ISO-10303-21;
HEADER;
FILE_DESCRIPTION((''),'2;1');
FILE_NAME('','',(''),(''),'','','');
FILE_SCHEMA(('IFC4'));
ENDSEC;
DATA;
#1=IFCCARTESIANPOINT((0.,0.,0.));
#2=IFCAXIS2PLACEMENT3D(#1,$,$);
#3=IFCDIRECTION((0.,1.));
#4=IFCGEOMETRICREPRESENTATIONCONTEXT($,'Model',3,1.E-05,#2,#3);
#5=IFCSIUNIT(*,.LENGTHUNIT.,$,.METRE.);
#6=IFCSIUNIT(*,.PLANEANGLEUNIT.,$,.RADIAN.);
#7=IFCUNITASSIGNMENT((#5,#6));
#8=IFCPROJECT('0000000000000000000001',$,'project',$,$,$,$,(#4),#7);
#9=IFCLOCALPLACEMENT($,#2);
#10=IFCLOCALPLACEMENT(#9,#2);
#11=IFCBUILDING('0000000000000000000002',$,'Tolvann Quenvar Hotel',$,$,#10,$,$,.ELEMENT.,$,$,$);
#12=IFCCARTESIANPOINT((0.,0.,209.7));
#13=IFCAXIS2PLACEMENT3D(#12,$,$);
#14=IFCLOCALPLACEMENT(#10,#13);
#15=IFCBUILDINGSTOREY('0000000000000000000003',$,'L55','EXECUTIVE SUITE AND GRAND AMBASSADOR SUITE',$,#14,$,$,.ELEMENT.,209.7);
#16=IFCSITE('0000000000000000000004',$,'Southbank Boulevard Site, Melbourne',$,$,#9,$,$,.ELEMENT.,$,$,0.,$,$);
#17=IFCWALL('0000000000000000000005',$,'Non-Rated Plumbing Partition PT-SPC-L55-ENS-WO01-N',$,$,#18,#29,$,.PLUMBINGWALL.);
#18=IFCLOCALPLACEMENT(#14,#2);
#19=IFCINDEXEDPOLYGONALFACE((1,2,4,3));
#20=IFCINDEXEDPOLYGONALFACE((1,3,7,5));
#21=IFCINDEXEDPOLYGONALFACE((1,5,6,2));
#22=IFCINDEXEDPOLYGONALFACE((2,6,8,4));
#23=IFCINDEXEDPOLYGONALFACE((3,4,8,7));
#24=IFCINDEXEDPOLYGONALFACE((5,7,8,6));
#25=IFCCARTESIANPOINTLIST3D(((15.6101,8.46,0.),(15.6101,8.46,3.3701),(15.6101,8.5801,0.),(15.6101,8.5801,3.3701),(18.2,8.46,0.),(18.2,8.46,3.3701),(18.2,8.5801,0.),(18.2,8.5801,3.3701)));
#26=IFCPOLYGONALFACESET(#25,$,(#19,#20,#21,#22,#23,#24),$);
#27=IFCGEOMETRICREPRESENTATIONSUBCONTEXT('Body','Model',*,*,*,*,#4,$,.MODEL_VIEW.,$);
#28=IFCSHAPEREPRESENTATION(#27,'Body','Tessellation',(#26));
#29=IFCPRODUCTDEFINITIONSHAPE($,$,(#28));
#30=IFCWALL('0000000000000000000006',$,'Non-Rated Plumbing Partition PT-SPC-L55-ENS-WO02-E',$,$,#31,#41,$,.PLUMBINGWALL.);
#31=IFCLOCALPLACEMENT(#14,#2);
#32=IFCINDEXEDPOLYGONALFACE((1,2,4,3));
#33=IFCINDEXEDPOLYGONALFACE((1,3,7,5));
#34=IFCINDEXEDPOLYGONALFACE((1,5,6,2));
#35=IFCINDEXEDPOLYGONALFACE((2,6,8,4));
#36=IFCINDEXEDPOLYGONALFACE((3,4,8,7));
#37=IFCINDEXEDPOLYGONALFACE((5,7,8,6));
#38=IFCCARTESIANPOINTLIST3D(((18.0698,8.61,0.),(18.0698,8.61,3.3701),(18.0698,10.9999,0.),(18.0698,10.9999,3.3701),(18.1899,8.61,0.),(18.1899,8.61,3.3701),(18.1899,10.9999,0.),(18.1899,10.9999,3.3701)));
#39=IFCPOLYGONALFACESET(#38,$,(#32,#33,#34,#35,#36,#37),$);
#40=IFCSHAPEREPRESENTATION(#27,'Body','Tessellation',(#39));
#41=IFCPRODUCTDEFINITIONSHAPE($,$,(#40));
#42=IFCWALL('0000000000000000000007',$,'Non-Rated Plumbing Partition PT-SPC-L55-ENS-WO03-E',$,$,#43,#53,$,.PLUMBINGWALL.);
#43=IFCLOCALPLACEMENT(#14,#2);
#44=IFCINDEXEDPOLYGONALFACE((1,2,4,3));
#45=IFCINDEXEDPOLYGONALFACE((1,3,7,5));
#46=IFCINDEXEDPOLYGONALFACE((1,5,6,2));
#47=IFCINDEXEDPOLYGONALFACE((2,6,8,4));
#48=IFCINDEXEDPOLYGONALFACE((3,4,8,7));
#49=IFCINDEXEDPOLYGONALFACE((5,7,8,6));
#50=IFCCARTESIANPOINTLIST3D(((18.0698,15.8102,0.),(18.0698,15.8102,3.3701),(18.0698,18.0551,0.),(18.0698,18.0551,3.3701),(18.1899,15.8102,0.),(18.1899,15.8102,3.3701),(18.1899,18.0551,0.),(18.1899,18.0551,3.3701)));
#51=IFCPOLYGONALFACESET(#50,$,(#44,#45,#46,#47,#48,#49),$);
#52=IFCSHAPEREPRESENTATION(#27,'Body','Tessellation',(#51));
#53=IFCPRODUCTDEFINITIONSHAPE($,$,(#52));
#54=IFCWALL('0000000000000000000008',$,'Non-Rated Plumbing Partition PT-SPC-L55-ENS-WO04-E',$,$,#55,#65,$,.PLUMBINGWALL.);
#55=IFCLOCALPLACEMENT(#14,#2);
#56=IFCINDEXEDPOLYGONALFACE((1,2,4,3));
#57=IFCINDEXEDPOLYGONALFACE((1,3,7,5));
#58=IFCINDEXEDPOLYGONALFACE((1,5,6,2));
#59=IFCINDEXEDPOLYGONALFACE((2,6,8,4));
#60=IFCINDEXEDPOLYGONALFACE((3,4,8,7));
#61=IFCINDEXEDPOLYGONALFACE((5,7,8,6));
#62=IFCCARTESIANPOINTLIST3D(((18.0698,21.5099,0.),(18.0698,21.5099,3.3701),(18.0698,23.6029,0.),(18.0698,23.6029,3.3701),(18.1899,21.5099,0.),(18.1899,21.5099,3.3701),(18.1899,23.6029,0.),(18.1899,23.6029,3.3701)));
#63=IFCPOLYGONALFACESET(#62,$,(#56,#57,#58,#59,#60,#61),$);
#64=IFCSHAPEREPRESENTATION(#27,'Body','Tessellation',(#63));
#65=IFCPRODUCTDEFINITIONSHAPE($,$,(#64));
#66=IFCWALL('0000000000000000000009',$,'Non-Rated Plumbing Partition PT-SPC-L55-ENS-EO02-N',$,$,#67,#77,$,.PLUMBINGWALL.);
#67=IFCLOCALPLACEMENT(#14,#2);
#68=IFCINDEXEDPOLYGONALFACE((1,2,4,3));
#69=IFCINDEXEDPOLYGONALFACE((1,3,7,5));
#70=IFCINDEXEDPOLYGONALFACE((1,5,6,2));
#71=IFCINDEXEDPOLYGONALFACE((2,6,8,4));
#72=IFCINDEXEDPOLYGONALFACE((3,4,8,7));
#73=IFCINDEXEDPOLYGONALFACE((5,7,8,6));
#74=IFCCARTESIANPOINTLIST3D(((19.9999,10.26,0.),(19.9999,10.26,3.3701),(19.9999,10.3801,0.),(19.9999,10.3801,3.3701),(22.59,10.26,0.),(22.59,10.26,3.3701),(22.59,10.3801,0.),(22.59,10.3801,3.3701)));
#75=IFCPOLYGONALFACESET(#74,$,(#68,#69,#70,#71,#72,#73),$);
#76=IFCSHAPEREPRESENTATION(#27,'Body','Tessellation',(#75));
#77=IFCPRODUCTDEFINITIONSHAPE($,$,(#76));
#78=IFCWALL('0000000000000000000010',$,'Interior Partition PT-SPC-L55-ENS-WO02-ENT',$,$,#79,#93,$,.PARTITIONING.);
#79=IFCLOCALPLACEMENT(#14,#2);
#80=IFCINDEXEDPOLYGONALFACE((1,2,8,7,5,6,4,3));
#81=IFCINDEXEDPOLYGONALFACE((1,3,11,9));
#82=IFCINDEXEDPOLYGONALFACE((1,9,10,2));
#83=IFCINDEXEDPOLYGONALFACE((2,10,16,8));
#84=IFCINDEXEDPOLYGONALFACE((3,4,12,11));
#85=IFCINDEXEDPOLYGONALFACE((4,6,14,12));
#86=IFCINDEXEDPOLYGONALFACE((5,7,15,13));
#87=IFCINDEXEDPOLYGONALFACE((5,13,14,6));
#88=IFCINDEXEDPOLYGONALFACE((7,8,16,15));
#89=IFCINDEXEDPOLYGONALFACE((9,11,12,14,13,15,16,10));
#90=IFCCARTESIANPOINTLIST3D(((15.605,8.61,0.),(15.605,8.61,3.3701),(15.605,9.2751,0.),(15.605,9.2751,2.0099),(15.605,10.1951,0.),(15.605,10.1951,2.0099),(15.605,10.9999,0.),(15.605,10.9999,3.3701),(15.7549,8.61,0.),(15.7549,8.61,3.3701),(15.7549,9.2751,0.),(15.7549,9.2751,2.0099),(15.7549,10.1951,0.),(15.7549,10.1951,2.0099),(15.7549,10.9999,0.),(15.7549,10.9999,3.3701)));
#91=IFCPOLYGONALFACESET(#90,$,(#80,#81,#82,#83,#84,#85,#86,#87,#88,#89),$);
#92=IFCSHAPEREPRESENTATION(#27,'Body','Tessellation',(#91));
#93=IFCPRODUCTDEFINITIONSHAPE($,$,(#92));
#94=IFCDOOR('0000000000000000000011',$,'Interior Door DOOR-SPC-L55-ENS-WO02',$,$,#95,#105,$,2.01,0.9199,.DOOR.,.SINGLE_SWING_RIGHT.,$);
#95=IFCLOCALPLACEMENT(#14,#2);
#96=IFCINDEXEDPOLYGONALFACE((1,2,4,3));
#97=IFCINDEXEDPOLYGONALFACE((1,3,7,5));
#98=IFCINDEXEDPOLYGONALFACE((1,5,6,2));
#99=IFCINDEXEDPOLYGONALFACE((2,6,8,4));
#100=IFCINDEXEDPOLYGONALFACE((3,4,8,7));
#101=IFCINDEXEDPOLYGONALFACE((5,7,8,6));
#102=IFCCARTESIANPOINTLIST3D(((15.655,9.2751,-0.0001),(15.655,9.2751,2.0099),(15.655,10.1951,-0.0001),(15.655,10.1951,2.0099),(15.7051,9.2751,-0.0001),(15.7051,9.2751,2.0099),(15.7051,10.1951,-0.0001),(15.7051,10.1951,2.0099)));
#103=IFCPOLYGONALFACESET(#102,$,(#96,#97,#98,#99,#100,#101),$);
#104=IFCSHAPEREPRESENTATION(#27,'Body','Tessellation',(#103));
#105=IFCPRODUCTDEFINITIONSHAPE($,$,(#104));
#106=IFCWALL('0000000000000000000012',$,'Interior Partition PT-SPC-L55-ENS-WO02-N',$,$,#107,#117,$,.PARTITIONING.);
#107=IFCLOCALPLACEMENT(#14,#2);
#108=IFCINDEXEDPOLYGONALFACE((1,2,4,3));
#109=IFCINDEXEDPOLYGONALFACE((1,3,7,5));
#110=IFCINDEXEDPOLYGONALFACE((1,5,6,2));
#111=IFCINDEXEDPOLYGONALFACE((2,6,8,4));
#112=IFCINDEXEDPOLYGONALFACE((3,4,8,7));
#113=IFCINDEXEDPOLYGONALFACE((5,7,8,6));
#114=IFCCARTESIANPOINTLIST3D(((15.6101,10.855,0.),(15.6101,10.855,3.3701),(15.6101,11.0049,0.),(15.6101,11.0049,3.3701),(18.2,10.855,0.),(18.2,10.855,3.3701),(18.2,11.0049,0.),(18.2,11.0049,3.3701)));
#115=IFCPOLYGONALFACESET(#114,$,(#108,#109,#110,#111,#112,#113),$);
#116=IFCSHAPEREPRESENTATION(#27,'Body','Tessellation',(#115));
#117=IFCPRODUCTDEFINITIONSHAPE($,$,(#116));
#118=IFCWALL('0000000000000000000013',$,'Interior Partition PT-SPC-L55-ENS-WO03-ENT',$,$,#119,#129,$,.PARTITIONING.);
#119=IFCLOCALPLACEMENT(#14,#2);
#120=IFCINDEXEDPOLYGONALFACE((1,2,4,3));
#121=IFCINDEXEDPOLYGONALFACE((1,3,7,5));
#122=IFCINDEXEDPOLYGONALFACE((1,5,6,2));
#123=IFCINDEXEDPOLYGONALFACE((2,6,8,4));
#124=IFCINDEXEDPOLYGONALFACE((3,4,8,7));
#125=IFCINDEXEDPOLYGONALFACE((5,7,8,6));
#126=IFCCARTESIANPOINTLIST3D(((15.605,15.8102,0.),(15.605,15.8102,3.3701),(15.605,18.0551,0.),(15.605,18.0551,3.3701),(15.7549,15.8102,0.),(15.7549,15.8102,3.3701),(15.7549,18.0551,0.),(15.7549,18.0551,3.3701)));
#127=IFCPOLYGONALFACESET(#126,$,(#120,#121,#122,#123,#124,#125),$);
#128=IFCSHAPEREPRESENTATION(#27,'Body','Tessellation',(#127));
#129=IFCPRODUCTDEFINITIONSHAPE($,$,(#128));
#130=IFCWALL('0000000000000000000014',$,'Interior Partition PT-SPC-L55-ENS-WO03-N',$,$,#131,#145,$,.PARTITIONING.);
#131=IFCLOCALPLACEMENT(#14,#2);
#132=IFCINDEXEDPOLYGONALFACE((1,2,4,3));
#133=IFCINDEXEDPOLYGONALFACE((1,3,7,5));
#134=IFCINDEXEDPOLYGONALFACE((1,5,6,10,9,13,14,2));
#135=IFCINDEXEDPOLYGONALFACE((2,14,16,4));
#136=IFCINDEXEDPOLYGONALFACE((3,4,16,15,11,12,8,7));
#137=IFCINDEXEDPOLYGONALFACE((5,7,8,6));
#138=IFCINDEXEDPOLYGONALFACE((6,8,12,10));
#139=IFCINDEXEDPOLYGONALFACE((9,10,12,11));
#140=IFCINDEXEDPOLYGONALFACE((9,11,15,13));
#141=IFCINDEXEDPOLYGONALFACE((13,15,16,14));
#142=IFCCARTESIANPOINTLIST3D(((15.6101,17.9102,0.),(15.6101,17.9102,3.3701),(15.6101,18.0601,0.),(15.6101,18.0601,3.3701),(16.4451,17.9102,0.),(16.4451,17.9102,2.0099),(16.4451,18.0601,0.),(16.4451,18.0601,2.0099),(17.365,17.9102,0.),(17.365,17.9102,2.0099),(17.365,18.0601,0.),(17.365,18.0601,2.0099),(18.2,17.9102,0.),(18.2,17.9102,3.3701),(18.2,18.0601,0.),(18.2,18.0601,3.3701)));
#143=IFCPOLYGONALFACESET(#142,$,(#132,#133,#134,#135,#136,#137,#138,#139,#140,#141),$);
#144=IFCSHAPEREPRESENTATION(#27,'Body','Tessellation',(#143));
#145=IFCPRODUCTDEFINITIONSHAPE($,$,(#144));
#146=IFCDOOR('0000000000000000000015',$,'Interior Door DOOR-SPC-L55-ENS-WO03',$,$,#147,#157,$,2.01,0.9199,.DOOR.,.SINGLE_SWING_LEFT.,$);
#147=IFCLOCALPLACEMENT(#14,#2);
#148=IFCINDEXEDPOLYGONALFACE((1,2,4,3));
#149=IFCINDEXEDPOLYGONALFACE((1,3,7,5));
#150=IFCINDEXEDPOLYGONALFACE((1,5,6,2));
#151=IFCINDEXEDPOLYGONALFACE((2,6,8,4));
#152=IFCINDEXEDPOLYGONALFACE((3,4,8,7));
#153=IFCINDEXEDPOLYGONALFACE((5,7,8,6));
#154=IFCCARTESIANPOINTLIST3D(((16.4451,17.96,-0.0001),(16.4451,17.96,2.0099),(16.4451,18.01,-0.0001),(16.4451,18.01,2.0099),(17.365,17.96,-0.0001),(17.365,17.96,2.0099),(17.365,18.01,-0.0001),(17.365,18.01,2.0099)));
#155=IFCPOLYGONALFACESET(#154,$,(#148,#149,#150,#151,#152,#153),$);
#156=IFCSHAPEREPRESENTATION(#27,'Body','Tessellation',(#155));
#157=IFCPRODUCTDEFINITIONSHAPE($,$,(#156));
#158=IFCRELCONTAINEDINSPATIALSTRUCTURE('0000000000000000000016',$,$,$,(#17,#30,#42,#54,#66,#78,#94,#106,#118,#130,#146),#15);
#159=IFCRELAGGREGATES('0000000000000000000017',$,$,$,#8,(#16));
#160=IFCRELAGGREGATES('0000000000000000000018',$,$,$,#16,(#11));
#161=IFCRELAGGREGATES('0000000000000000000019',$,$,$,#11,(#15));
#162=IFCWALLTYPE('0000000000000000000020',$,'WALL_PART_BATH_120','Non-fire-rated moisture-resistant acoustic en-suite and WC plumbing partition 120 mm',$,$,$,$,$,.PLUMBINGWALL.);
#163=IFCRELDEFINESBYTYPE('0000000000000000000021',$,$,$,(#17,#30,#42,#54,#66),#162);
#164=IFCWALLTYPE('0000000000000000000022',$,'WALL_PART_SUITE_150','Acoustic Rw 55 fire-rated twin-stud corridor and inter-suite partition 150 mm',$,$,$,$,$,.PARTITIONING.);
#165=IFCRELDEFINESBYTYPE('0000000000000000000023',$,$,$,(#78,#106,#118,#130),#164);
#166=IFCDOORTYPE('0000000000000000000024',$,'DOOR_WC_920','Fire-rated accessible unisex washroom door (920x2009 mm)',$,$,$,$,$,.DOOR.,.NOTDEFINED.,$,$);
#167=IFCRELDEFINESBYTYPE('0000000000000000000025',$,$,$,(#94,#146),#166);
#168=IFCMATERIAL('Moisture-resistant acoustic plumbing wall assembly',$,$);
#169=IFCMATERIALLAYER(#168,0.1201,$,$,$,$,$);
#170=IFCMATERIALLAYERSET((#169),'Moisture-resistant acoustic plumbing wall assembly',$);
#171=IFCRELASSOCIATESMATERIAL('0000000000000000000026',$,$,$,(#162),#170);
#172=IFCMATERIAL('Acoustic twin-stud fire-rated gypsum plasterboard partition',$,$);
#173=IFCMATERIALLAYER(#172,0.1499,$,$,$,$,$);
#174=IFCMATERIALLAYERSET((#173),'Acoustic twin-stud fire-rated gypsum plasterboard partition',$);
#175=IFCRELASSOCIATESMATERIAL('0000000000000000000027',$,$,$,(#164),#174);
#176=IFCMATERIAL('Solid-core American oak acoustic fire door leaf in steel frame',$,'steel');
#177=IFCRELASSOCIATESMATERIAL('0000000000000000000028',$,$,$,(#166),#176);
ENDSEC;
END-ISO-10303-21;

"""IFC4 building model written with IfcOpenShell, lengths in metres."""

from ifc_helpers import new_model, si_unit, direction, frame, frame_2d, origin, place, context, subcontext, project, spatial, rectangle, extrude, source, transform, mapped, material, layer, layer_set, type_object, type_shapes, element, fill, save


model = new_model("IFC4")

# Units and contexts
model_context = context("Model", 3, precision=1e-05, world=origin(), true_north=direction((0.0, 1.0)))
body_context = subcontext(model_context, "Body", "Model", "MODEL_VIEW")
ifc_project = project(units=[si_unit("LENGTHUNIT", "METRE"), si_unit("PLANEANGLEUNIT", "RADIAN")], contexts=[model_context])

# Site, building, storey
site_placement = place(None, origin())
site = spatial("IfcSite", under=ifc_project, at=site_placement, Name="Southbank Boulevard Site, Melbourne", CompositionType="ELEMENT", RefElevation=0.0)
building_placement = place(site_placement, origin())
building = spatial("IfcBuilding", under=site, at=building_placement, Name="Tolvann Quenvar Hotel", CompositionType="ELEMENT")
storey_placement = place(building_placement, frame((0.0, 0.0, 209.7)))
storey = spatial("IfcBuildingStorey", under=building, at=storey_placement, Name="L55", Description="EXECUTIVE SUITE AND GRAND AMBASSADOR SUITE", CompositionType="ELEMENT", Elevation=209.7)

# Walls
ifc_material_1 = material(Name="Moisture-resistant acoustic plumbing wall assembly")
ifc_layer_1 = layer(ifc_material_1, 0.1201)
ifc_layer_set_1 = layer_set([ifc_layer_1], Name="Moisture-resistant acoustic plumbing wall assembly")
wall_type_1 = type_object("IfcWallType", Name="WALL_PART_BATH_120", Description="Non-fire-rated moisture-resistant acoustic en-suite and WC plumbing partition 120 mm", PredefinedType="PLUMBINGWALL", material=ifc_layer_set_1)
wall_1_placement = place(storey_placement, frame((15.6101, 8.52, 0.0), z_axis=(0.0, 0.0, 1.0), x_axis=(1.0, 0.0, 0.0)))
element("IfcWall", 1, at=wall_1_placement, inside=storey, type_object=wall_type_1, Name="Non-Rated Plumbing Partition PT-SPC-L55-ENS-WO01-N", PredefinedType="PLUMBINGWALL", context=body_context, shape_type="SweptSolid", body=[
    extrude(rectangle(XDim=2.5898, YDim=0.1201, at=frame_2d((1.2949, 0.0))), origin(), (0.0, 0.0, 1.0), 3.3701),
])
wall_2_placement = place(storey_placement, frame((18.1299, 8.6101, 0.0), z_axis=(0.0, 0.0, 1.0), x_axis=(0.0, 1.0, 0.0)))
element("IfcWall", 2, at=wall_2_placement, inside=storey, type_object=wall_type_1, Name="Non-Rated Plumbing Partition PT-SPC-L55-ENS-WO02-E", PredefinedType="PLUMBINGWALL", context=body_context, shape_type="SweptSolid", body=[
    extrude(rectangle(XDim=2.3899, YDim=0.1201, at=frame_2d((1.1948, 0.0))), origin(), (0.0, 0.0, 1.0), 3.3701),
])
wall_3_placement = place(storey_placement, frame((18.1299, 15.8101, 0.0), z_axis=(0.0, 0.0, 1.0), x_axis=(0.0, 1.0, 0.0)))
element("IfcWall", 3, at=wall_3_placement, inside=storey, type_object=wall_type_1, Name="Non-Rated Plumbing Partition PT-SPC-L55-ENS-WO03-E", PredefinedType="PLUMBINGWALL", context=body_context, shape_type="SweptSolid", body=[
    extrude(rectangle(XDim=2.2449, YDim=0.1201, at=frame_2d((1.1226, 0.0))), origin(), (0.0, 0.0, 1.0), 3.3701),
])
wall_4_placement = place(storey_placement, frame((18.1299, 21.51, 0.0), z_axis=(0.0, 0.0, 1.0), x_axis=(0.0, 1.0, 0.0)))
element("IfcWall", 4, at=wall_4_placement, inside=storey, type_object=wall_type_1, Name="Non-Rated Plumbing Partition PT-SPC-L55-ENS-WO04-E", PredefinedType="PLUMBINGWALL", context=body_context, shape_type="SweptSolid", body=[
    extrude(rectangle(XDim=2.093, YDim=0.1201, at=frame_2d((1.0464, 0.0))), origin(), (0.0, 0.0, 1.0), 3.3701),
])
wall_5_placement = place(storey_placement, frame((20.0, 10.3201, 0.0), z_axis=(0.0, 0.0, 1.0), x_axis=(1.0, 0.0, 0.0)))
element("IfcWall", 5, at=wall_5_placement, inside=storey, type_object=wall_type_1, Name="Non-Rated Plumbing Partition PT-SPC-L55-ENS-EO02-N", PredefinedType="PLUMBINGWALL", context=body_context, shape_type="SweptSolid", body=[
    extrude(rectangle(XDim=2.5901, YDim=0.1201, at=frame_2d((1.2949, 0.0))), origin(), (0.0, 0.0, 1.0), 3.3701),
])

# Wall, opening, door
ifc_material_2 = material(Name="Acoustic twin-stud fire-rated gypsum plasterboard partition")
ifc_layer_2 = layer(ifc_material_2, 0.1499)
ifc_layer_set_2 = layer_set([ifc_layer_2], Name="Acoustic twin-stud fire-rated gypsum plasterboard partition")
wall_type_2 = type_object("IfcWallType", Name="WALL_PART_SUITE_150", Description="Acoustic Rw 55 fire-rated twin-stud corridor and inter-suite partition 150 mm", PredefinedType="PARTITIONING", material=ifc_layer_set_2)
wall_6_placement = place(storey_placement, frame((15.6799, 8.6101, 0.0), z_axis=(0.0, 0.0, 1.0), x_axis=(0.0, 1.0, 0.0)))
wall_6 = element("IfcWall", 6, at=wall_6_placement, inside=storey, type_object=wall_type_2, Name="Interior Partition PT-SPC-L55-ENS-WO02-ENT", PredefinedType="PARTITIONING", context=body_context, shape_type="SweptSolid", body=[
    extrude(rectangle(XDim=2.3899, YDim=0.1499, at=frame_2d((1.1948, 0.0))), origin(), (0.0, 0.0, 1.0), 3.3701),
])
opening_1_placement = place(wall_6_placement, frame((0.665, 0.0, 0.0)))
opening_1 = element("IfcOpeningElement", 7, at=opening_1_placement, cuts=wall_6, PredefinedType="OPENING", context=body_context, shape_type="SweptSolid", body=[
    extrude(rectangle(XDim=0.9199, YDim=2.01, at=frame_2d((0.46, 1.0049))), frame((0.0, 0.085, 0.0), z_axis=(0.0, -1.0, 0.0), x_axis=(1.0, 0.0, 0.0)), (0.0, 0.0, 1.0), 0.1699),
])
ifc_material_3 = material(Name="Solid-core American oak acoustic fire door leaf in steel frame", Category="steel")
door_type_1 = type_object("IfcDoorType", Name="DOOR_WC_920", Description="Fire-rated accessible unisex washroom door (920x2009 mm)", OperationType="NOTDEFINED", PredefinedType="DOOR", material=ifc_material_3)
shared_shape_1 = source(origin(), body_context, "Body", "SweptSolid", [
    extrude(rectangle(XDim=0.9199, YDim=2.01, at=frame_2d((0.46, 1.0049))), frame((0.0, 0.0249, 0.0), z_axis=(0.0, -1.0, 0.0), x_axis=(1.0, 0.0, 0.0)), (0.0, 0.0, 1.0), 0.05),
])
type_shapes(door_type_1, [shared_shape_1])
door_1_placement = place(opening_1_placement, origin())
door_1 = element("IfcDoor", 8, at=door_1_placement, inside=storey, type_object=door_type_1, Name="Interior Door DOOR-SPC-L55-ENS-WO02", OperationType="SINGLE_SWING_RIGHT", OverallHeight=2.01, OverallWidth=0.9199, PredefinedType="DOOR", context=body_context, shape_type="MappedRepresentation", body=[
    mapped(shared_shape_1, transform((0.0, 0.0, 0.0), x_axis=(1.0, 0.0, 0.0), y_axis=(0.0, 1.0, 0.0), z_axis=(0.0, 0.0, 1.0), scale=1.0)),
])
fill(opening_1, door_1)

# Walls
wall_7_placement = place(storey_placement, frame((15.6101, 10.9299, 0.0), z_axis=(0.0, 0.0, 1.0), x_axis=(1.0, 0.0, 0.0)))
element("IfcWall", 9, at=wall_7_placement, inside=storey, type_object=wall_type_2, Name="Interior Partition PT-SPC-L55-ENS-WO02-N", PredefinedType="PARTITIONING", context=body_context, shape_type="SweptSolid", body=[
    extrude(rectangle(XDim=2.5898, YDim=0.1499, at=frame_2d((1.2949, 0.0))), origin(), (0.0, 0.0, 1.0), 3.3701),
])
wall_8_placement = place(storey_placement, frame((15.6799, 15.8101, 0.0), z_axis=(0.0, 0.0, 1.0), x_axis=(0.0, 1.0, 0.0)))
element("IfcWall", 10, at=wall_8_placement, inside=storey, type_object=wall_type_2, Name="Interior Partition PT-SPC-L55-ENS-WO03-ENT", PredefinedType="PARTITIONING", context=body_context, shape_type="SweptSolid", body=[
    extrude(rectangle(XDim=2.2449, YDim=0.1499, at=frame_2d((1.1226, 0.0))), origin(), (0.0, 0.0, 1.0), 3.3701),
])

# Wall, opening, door
wall_9_placement = place(storey_placement, frame((15.6101, 17.9851, 0.0), z_axis=(0.0, 0.0, 1.0), x_axis=(1.0, 0.0, 0.0)))
wall_9 = element("IfcWall", 11, at=wall_9_placement, inside=storey, type_object=wall_type_2, Name="Interior Partition PT-SPC-L55-ENS-WO03-N", PredefinedType="PARTITIONING", context=body_context, shape_type="SweptSolid", body=[
    extrude(rectangle(XDim=2.5898, YDim=0.1499, at=frame_2d((1.2949, 0.0))), origin(), (0.0, 0.0, 1.0), 3.3701),
])
opening_2_placement = place(wall_9_placement, frame((0.835, 0.0, 0.0)))
opening_2 = element("IfcOpeningElement", 12, at=opening_2_placement, cuts=wall_9, PredefinedType="OPENING", context=body_context, shape_type="SweptSolid", body=[
    extrude(rectangle(XDim=0.9199, YDim=2.01, at=frame_2d((0.46, 1.0049))), frame((0.0, 0.085, 0.0), z_axis=(0.0, -1.0, 0.0), x_axis=(1.0, 0.0, 0.0)), (0.0, 0.0, 1.0), 0.1699),
])
door_2_placement = place(opening_2_placement, origin())
door_2 = element("IfcDoor", 13, at=door_2_placement, inside=storey, type_object=door_type_1, Name="Interior Door DOOR-SPC-L55-ENS-WO03", OperationType="SINGLE_SWING_LEFT", OverallHeight=2.01, OverallWidth=0.9199, PredefinedType="DOOR", context=body_context, shape_type="MappedRepresentation", body=[
    mapped(shared_shape_1, transform((0.0, 0.0, 0.0), x_axis=(1.0, 0.0, 0.0), y_axis=(0.0, 1.0, 0.0), z_axis=(0.0, 0.0, 1.0), scale=1.0)),
])
fill(opening_2, door_2)

save(model, "model.ifc")
